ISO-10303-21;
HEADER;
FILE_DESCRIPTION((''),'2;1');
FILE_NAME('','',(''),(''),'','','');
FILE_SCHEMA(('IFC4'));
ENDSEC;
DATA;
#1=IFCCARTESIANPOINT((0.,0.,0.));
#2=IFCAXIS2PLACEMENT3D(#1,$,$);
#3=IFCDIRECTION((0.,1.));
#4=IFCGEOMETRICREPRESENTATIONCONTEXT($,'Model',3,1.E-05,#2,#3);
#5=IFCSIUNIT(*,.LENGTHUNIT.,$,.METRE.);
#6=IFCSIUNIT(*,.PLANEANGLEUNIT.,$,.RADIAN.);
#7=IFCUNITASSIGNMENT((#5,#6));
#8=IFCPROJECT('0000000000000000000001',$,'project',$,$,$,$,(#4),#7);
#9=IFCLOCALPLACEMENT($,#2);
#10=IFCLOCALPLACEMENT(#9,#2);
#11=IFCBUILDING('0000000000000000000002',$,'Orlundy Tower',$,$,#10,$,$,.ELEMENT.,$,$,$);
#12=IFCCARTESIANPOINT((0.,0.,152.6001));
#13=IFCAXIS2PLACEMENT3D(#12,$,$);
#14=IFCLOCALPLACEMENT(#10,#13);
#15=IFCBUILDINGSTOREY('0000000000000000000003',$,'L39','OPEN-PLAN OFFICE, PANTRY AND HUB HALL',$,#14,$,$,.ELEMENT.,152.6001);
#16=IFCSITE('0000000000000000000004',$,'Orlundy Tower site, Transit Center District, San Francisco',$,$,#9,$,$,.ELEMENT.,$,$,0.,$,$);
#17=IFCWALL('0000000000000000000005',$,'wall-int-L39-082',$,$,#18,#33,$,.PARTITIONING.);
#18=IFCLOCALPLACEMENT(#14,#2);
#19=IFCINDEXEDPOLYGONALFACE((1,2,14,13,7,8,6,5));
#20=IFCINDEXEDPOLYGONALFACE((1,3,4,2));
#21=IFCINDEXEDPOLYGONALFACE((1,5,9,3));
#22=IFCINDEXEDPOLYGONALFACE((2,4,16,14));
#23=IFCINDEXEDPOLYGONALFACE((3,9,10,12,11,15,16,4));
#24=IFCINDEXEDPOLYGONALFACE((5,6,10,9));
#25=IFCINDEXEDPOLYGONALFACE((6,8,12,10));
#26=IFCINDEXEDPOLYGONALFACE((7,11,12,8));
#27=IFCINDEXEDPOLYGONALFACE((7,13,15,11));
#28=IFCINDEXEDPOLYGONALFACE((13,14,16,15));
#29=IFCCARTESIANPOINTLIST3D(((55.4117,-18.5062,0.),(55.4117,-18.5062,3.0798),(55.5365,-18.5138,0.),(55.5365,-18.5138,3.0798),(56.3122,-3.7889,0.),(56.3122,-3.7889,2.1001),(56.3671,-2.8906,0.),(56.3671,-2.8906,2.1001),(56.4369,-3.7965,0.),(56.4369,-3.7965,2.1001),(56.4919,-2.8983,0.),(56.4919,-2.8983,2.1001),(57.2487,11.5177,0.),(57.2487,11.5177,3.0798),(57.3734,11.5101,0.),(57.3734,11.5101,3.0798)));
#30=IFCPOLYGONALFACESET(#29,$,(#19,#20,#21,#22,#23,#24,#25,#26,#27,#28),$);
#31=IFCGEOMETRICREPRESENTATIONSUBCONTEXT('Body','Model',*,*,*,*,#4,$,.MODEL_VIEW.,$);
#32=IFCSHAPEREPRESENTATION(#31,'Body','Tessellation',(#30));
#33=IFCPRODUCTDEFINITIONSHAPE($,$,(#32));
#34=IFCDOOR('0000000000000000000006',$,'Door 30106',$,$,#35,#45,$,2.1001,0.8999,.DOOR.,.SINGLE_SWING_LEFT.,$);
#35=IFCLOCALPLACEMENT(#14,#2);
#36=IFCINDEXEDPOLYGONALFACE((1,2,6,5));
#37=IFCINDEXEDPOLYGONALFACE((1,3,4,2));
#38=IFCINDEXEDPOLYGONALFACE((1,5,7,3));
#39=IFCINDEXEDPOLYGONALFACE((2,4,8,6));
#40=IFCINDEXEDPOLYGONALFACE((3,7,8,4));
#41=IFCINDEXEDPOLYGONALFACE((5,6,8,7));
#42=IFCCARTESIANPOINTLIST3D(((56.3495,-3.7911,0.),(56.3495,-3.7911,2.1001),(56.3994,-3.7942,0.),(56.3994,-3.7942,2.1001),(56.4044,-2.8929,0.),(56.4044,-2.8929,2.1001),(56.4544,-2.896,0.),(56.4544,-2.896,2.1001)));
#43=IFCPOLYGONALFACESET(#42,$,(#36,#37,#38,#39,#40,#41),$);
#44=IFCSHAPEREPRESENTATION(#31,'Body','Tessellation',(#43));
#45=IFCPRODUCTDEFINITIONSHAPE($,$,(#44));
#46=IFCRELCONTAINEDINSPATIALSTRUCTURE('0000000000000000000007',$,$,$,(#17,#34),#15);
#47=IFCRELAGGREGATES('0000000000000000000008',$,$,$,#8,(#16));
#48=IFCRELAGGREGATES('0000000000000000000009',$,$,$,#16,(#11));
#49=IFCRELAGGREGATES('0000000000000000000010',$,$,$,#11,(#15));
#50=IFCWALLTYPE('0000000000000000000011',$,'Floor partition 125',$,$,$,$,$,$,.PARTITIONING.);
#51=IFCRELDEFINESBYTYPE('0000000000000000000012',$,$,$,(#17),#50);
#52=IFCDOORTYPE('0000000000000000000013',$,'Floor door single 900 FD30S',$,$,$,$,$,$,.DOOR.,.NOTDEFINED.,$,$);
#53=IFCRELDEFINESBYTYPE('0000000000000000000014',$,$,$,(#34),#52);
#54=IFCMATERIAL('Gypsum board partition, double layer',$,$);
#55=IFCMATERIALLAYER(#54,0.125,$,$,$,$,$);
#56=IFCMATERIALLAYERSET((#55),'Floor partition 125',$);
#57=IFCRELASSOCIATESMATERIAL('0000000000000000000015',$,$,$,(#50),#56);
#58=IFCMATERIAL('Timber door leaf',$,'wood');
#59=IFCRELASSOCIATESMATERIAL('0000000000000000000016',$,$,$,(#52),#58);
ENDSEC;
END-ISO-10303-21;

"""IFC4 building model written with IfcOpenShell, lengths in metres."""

from ifc_helpers import new_model, si_unit, direction, frame, frame_2d, origin, place, context, subcontext, project, spatial, rectangle, extrude, material, layer, layer_set, type_object, element, fill, save


model = new_model("IFC4")

# Units and contexts
model_context = context("Model", 3, precision=1e-05, world=origin(), true_north=direction((0.0, 1.0)))
body_context = subcontext(model_context, "Body", "Model", "MODEL_VIEW")
ifc_project = project(units=[si_unit("LENGTHUNIT", "METRE"), si_unit("PLANEANGLEUNIT", "RADIAN")], contexts=[model_context])

# Site, building, storey
site_placement = place(None, origin())
site = spatial("IfcSite", under=ifc_project, at=site_placement, Name="Orlundy Tower site, Transit Center District, San Francisco", CompositionType="ELEMENT", RefElevation=0.0)
building_placement = place(site_placement, origin())
building = spatial("IfcBuilding", under=site, at=building_placement, Name="Orlundy Tower", CompositionType="ELEMENT")
storey_placement = place(building_placement, frame((0.0, 0.0, 152.6001)))
storey = spatial("IfcBuildingStorey", under=building, at=storey_placement, Name="L39", Description="OPEN-PLAN OFFICE, PANTRY AND HUB HALL", CompositionType="ELEMENT", Elevation=152.6001)

# Shared definitions
ifc_material_1 = material(Name="Gypsum board partition, double layer")
ifc_layer_1 = layer(ifc_material_1, 0.125)
ifc_layer_set_1 = layer_set([ifc_layer_1], Name="Floor partition 125")
wall_type = type_object("IfcWallType", Name="Floor partition 125", PredefinedType="PARTITIONING", material=ifc_layer_set_1)

# Wall, opening, door
wall_1_placement = place(storey_placement, frame((57.311, 11.5139, 0.0), z_axis=(0.0, 0.0, 1.0), x_axis=(-0.061067, -0.998134, 0.0)))
wall_1 = element("IfcWall", 1, at=wall_1_placement, inside=storey, type_object=wall_type, Name="wall-int-L39-082", PredefinedType="PARTITIONING", context=body_context, shape_type="SweptSolid", body=[
    extrude(rectangle(XDim=30.0801, YDim=0.125, at=frame_2d((15.04, 0.0))), origin(), (0.0, 0.0, 1.0), 3.0798),
])
opening_placement = place(wall_1_placement, frame((14.4353, 0.0, 0.0)))
opening = element("IfcOpeningElement", 2, at=opening_placement, cuts=wall_1, PredefinedType="OPENING", context=body_context, shape_type="SweptSolid", body=[
    extrude(rectangle(XDim=0.8999, YDim=2.1001, at=frame_2d((0.45, 1.05))), frame((0.0, 0.0725, 0.0), z_axis=(0.0, -1.0, 0.0), x_axis=(1.0, 0.0, 0.0)), (0.0, 0.0, 1.0), 0.145),
])
ifc_material_2 = material(Name="Timber door leaf", Category="wood")
door_type = type_object("IfcDoorType", Name="Floor door single 900 FD30S", OperationType="NOTDEFINED", PredefinedType="DOOR", material=ifc_material_2)
door_placement = place(opening_placement, origin())
door = element("IfcDoor", 3, at=door_placement, inside=storey, type_object=door_type, Name="Door 30106", OperationType="SINGLE_SWING_LEFT", OverallHeight=2.1001, OverallWidth=0.8999, PredefinedType="DOOR", context=body_context, shape_type="SweptSolid", body=[
    extrude(rectangle(XDim=0.8999, YDim=2.1001, at=frame_2d((0.45, 1.05))), frame((0.0, 0.0249, 0.0), z_axis=(0.0, -1.0, 0.0), x_axis=(1.0, 0.0, 0.0)), (0.0, 0.0, 1.0), 0.05),
])
fill(opening, door)

save(model, "model.ifc")
